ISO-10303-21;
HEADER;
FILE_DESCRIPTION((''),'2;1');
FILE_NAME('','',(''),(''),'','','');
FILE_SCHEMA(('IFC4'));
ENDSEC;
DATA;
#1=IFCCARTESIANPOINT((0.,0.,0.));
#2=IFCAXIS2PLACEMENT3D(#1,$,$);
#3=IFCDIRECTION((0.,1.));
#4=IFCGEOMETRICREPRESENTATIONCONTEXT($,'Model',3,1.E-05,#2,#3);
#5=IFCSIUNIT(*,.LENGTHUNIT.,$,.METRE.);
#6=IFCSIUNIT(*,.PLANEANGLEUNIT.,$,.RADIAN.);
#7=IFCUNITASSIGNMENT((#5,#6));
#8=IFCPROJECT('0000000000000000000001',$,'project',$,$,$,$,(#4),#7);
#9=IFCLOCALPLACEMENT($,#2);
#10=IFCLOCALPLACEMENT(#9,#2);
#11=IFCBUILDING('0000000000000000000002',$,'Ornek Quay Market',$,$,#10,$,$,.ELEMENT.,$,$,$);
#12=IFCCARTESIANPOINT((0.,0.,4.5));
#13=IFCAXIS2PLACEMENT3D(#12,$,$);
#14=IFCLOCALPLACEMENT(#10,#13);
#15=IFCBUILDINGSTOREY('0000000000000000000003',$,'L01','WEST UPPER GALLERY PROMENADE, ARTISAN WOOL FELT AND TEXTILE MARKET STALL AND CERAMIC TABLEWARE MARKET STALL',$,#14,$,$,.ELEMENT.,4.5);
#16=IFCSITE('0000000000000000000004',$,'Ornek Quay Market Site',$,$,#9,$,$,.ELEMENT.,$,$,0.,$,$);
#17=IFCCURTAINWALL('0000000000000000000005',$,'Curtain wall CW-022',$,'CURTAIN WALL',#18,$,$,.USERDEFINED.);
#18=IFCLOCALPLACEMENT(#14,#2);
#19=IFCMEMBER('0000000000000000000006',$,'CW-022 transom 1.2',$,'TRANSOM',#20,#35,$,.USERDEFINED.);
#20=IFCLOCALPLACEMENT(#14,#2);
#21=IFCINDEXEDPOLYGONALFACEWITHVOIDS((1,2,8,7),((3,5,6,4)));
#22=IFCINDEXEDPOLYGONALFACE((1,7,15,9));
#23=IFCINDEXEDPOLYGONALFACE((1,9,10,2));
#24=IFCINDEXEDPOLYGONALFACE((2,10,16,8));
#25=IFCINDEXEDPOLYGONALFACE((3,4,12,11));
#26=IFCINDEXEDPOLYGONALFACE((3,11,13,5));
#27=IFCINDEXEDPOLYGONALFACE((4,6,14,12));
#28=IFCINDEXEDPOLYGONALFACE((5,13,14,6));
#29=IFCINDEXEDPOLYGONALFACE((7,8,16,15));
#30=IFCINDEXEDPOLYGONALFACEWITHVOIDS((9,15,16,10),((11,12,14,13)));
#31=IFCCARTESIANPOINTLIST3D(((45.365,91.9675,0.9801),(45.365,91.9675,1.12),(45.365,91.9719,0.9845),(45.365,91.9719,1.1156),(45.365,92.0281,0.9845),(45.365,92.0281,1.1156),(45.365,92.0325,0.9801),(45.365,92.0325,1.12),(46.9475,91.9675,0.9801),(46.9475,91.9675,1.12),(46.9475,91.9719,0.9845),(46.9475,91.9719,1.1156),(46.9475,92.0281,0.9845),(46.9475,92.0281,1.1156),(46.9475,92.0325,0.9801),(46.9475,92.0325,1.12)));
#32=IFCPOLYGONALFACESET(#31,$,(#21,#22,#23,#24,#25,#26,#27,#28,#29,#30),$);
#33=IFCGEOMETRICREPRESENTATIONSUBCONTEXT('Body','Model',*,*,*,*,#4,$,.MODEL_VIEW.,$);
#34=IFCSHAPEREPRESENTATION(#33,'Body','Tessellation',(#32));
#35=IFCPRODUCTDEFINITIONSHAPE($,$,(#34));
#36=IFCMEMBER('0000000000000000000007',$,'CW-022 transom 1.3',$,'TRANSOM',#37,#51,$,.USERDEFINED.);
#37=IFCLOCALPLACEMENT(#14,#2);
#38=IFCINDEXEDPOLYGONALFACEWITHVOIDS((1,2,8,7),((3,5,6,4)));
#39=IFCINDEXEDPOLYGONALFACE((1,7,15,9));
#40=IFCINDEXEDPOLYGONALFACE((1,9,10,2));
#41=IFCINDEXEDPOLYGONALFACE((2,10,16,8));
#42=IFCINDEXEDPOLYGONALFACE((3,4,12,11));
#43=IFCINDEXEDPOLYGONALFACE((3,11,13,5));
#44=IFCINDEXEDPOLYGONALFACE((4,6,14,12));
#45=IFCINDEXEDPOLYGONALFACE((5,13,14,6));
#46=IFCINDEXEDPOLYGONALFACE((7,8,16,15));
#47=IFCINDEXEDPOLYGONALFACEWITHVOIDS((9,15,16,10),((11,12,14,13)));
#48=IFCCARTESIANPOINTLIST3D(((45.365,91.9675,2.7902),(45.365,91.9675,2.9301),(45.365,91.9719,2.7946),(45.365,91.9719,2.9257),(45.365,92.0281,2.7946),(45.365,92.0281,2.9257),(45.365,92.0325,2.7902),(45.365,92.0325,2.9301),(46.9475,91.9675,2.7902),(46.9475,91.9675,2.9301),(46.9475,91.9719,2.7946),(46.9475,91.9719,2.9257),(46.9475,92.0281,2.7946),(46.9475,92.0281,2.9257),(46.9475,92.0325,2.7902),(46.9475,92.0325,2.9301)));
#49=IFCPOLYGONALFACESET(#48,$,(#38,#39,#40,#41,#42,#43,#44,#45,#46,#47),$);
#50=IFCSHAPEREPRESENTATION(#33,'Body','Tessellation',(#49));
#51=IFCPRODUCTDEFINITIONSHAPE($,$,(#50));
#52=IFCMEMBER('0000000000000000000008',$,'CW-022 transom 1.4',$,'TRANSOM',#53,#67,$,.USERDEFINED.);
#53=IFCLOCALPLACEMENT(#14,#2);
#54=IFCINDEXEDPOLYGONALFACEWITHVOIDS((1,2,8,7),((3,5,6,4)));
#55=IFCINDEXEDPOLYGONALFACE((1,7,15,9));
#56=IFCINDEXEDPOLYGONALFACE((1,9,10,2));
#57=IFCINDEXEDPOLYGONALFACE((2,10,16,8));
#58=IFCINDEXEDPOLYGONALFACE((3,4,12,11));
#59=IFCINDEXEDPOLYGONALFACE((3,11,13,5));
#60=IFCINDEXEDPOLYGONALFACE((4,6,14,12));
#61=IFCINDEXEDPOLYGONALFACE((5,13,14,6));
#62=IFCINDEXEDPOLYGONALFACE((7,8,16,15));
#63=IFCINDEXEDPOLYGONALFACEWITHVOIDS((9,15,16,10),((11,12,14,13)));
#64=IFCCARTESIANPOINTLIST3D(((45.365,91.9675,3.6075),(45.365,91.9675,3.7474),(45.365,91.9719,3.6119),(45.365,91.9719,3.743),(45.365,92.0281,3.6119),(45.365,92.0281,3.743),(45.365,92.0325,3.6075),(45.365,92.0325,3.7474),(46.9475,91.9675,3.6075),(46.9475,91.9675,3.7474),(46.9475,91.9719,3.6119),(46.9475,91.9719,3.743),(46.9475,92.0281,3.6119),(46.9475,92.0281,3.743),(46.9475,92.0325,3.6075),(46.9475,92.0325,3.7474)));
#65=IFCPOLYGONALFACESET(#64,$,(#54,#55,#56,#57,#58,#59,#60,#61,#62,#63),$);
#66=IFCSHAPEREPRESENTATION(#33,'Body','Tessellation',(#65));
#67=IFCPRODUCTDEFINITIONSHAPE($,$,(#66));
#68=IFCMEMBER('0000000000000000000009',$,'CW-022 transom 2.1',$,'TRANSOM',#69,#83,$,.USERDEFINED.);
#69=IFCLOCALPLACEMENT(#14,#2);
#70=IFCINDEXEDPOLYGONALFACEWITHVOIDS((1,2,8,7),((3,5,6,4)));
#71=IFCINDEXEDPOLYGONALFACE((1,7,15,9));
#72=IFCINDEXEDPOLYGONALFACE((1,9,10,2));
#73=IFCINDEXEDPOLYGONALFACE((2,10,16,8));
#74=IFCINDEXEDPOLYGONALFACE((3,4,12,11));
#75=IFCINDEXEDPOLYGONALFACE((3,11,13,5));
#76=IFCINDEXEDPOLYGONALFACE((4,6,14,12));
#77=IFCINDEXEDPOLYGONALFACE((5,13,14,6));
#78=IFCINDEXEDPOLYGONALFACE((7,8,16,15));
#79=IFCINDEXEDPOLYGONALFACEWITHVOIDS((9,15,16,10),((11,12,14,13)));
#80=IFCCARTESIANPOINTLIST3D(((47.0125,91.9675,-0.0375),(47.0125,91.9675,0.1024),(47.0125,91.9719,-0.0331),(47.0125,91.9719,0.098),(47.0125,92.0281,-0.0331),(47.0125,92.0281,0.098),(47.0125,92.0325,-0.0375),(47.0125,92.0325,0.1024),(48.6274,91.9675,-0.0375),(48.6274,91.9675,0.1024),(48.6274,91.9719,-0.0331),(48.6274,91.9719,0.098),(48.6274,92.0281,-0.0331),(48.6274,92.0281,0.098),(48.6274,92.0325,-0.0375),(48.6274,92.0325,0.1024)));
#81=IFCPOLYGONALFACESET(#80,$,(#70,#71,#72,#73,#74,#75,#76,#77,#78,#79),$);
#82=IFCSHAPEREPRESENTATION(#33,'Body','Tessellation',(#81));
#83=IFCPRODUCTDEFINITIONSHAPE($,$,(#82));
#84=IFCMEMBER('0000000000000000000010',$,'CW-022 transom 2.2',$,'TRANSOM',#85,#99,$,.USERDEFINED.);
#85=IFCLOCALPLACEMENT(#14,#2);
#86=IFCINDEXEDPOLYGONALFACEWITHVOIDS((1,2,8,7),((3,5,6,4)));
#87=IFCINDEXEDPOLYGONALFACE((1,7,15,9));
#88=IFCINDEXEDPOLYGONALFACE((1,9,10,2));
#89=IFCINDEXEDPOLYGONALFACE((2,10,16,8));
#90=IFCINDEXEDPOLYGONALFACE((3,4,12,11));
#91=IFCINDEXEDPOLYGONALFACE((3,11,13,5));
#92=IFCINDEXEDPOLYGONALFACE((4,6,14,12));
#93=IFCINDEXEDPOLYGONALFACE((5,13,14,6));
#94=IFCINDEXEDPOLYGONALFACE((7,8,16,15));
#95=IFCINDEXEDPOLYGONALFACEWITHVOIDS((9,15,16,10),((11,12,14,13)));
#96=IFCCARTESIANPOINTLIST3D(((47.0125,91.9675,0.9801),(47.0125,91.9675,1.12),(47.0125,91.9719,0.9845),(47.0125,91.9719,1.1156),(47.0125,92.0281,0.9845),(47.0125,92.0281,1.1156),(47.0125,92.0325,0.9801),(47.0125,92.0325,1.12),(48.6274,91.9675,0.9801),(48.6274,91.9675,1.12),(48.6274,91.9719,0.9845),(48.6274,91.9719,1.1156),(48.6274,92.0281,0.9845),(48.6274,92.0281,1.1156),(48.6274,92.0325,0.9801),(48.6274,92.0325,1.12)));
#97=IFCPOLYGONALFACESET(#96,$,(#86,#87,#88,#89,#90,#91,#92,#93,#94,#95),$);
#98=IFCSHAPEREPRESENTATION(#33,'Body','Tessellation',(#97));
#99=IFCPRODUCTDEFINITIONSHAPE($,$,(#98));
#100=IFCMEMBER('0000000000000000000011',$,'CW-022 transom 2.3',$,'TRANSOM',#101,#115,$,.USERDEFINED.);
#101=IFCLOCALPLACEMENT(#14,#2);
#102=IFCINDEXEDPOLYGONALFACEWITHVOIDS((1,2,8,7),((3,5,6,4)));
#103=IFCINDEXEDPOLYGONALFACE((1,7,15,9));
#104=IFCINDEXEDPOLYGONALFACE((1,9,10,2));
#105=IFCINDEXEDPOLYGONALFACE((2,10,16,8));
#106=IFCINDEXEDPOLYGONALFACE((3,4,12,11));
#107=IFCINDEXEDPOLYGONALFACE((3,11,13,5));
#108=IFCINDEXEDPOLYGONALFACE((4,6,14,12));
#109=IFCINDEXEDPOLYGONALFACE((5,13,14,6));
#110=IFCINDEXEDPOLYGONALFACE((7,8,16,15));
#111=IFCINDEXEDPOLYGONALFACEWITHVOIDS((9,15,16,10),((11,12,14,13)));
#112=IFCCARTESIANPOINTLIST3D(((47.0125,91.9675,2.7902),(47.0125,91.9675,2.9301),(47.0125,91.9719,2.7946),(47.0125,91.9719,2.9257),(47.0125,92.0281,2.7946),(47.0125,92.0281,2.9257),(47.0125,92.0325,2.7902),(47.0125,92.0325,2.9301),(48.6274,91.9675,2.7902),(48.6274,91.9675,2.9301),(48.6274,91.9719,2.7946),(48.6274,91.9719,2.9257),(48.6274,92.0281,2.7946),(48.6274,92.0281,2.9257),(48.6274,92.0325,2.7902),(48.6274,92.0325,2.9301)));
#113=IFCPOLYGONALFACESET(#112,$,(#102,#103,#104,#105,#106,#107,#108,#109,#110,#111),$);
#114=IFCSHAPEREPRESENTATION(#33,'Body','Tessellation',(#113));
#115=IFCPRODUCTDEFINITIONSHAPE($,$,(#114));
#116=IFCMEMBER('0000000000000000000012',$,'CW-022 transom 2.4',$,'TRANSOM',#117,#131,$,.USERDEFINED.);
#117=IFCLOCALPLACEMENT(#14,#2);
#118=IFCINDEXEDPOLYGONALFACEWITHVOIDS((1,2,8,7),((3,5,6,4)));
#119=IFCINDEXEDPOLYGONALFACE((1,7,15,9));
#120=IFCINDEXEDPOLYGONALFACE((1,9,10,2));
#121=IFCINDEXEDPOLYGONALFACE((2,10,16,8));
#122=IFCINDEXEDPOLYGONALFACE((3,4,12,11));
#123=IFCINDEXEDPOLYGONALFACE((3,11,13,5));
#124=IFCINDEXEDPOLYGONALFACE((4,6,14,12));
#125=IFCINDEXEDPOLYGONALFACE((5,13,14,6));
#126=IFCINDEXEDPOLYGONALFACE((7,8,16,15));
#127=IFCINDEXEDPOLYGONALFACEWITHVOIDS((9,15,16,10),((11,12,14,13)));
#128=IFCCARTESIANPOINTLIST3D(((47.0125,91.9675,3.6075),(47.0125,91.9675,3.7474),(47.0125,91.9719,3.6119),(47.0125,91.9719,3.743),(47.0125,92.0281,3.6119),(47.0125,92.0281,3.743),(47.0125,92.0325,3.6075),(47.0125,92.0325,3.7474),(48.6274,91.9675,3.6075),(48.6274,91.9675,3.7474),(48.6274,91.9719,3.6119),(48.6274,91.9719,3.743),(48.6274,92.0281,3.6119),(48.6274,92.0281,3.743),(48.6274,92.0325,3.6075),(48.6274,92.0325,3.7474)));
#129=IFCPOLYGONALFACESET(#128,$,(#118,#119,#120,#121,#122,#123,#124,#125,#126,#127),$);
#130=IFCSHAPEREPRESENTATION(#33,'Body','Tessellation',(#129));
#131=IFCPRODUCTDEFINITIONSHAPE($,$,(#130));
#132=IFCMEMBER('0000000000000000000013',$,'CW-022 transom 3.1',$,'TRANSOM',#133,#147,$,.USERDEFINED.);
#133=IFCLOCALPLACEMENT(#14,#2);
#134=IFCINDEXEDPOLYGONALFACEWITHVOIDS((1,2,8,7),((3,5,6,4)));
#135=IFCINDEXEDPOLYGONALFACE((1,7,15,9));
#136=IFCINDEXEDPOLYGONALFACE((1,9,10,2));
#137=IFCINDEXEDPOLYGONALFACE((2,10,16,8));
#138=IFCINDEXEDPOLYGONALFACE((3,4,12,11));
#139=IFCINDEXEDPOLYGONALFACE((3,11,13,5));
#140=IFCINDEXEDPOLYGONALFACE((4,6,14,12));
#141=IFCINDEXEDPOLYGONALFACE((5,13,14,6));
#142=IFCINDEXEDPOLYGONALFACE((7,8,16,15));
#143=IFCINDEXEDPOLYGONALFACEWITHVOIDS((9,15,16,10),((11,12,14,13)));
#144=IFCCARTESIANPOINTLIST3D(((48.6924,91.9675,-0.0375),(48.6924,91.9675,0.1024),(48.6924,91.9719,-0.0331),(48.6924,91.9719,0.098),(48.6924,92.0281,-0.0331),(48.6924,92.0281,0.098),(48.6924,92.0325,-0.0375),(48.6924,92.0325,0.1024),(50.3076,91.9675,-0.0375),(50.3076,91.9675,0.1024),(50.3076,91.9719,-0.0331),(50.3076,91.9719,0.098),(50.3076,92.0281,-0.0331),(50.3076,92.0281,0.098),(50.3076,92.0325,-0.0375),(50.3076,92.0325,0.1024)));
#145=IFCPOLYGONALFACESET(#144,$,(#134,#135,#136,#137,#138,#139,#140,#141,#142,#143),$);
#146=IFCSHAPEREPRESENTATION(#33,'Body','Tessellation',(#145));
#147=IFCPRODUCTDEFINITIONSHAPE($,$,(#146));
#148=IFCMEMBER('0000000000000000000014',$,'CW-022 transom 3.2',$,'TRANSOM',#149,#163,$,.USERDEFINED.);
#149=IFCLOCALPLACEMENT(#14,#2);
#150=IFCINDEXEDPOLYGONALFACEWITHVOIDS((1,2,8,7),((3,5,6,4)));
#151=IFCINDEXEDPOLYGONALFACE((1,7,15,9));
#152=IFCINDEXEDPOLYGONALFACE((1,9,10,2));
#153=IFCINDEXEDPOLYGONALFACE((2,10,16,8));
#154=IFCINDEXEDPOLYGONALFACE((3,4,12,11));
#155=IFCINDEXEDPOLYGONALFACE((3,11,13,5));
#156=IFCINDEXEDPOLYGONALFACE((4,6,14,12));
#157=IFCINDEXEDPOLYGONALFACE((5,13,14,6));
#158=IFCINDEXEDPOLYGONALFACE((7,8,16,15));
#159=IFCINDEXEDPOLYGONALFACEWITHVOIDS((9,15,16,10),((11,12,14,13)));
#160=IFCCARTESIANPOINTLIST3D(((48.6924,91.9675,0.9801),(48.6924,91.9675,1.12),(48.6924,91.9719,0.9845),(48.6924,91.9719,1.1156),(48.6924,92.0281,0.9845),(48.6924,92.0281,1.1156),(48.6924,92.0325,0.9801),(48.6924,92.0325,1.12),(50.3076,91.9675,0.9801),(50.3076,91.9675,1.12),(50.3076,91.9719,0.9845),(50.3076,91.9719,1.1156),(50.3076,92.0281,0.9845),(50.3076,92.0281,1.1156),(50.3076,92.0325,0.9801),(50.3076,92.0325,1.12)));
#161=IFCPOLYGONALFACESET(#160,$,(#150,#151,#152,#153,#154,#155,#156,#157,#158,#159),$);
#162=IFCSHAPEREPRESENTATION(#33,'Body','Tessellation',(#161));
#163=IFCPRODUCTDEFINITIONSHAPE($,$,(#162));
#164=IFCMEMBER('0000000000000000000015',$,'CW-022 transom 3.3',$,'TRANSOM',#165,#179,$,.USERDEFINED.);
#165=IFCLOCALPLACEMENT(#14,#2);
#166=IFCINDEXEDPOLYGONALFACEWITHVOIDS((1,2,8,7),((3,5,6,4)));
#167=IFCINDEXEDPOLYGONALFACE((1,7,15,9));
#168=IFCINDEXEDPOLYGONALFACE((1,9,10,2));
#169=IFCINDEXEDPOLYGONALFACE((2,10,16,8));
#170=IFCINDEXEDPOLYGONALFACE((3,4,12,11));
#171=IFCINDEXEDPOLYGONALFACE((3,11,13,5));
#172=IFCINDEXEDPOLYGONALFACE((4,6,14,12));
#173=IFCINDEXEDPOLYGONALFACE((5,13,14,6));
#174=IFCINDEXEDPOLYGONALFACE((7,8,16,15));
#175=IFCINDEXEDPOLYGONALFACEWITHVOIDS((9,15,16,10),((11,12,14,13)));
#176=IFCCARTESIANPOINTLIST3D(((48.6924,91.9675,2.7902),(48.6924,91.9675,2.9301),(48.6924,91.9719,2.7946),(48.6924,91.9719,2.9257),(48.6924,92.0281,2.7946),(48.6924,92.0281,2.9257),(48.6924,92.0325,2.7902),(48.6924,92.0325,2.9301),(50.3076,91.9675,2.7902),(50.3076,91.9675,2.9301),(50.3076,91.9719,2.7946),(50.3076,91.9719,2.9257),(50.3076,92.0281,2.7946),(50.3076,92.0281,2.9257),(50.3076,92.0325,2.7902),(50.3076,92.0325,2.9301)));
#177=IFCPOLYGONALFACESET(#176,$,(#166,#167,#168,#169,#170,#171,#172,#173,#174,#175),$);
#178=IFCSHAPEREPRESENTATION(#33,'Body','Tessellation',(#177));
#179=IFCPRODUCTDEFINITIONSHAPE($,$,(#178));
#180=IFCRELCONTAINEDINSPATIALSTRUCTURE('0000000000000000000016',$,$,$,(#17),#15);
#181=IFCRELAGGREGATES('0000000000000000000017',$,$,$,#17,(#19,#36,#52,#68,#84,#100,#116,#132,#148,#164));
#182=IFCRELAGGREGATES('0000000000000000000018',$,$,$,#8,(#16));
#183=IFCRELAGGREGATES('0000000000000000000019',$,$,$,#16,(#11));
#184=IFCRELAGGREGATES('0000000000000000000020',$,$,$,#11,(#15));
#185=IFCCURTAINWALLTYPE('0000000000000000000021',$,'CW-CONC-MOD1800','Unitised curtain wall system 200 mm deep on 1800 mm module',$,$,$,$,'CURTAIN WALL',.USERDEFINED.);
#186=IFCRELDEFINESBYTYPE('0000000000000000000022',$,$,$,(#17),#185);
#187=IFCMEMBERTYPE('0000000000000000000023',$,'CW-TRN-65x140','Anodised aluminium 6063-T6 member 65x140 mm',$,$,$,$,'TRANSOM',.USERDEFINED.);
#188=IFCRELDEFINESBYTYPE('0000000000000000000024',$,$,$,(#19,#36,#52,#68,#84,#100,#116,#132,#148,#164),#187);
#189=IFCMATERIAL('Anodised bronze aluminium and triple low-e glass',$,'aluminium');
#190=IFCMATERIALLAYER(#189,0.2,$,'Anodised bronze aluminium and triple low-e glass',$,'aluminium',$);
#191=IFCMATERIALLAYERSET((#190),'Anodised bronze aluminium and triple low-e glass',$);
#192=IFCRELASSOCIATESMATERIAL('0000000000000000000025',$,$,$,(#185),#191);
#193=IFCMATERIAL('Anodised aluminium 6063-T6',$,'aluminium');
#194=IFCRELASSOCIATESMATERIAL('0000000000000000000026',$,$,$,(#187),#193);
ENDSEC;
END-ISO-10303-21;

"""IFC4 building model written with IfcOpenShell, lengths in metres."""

from ifc_helpers import new_model, si_unit, direction, frame, origin, origin_2d, place, context, subcontext, project, spatial, hollow_rectangle, extrude, material, layer, layer_set, material_profile, profile_set, type_object, element, aggregate, save


model = new_model("IFC4")

# Units and contexts
model_context = context("Model", 3, precision=1e-05, world=origin(), true_north=direction((0.0, 1.0)))
body_context = subcontext(model_context, "Body", "Model", "MODEL_VIEW")
ifc_project = project(units=[si_unit("LENGTHUNIT", "METRE"), si_unit("PLANEANGLEUNIT", "RADIAN")], contexts=[model_context])

# Site, building, storey
site_placement = place(None, origin())
site = spatial("IfcSite", under=ifc_project, at=site_placement, Name="Ornek Quay Market Site", CompositionType="ELEMENT", RefElevation=0.0)
building_placement = place(site_placement, origin())
building = spatial("IfcBuilding", under=site, at=building_placement, Name="Ornek Quay Market", CompositionType="ELEMENT")
storey_placement = place(building_placement, frame((0.0, 0.0, 4.5)))
storey = spatial("IfcBuildingStorey", under=building, at=storey_placement, Name="L01", Description="WEST UPPER GALLERY PROMENADE, ARTISAN WOOL FELT AND TEXTILE MARKET STALL AND CERAMIC TABLEWARE MARKET STALL", CompositionType="ELEMENT", Elevation=4.5)

# Curtain wall
ifc_material_1 = material(Name="Anodised bronze aluminium and triple low-e glass", Category="aluminium")
ifc_layer_1 = layer(ifc_material_1, 0.2, Name="Anodised bronze aluminium and triple low-e glass", Category="aluminium")
ifc_layer_set_1 = layer_set([ifc_layer_1], Name="Anodised bronze aluminium and triple low-e glass")
curtain_wall_type = type_object("IfcCurtainWallType", Name="CW-CONC-MOD1800", Description="Unitised curtain wall system 200 mm deep on 1800 mm module", ElementType="CURTAIN WALL", PredefinedType="USERDEFINED", material=ifc_layer_set_1)
ifc_material_2 = material(Name="Anodised aluminium 6063-T6", Category="aluminium")
curtain_wall_1_placement = place(storey_placement, origin())
curtain_wall_1 = element("IfcCurtainWall", 1, at=curtain_wall_1_placement, inside=storey, type_object=curtain_wall_type, Name="Curtain wall CW-022", ObjectType="CURTAIN WALL", PredefinedType="USERDEFINED")

# Members
ifc_material_profile_1 = material_profile(ifc_material_2, hollow_rectangle(XDim=0.0649, YDim=0.1399, WallThickness=0.0044, at=origin_2d()), Name="CW-TRN-65x140", Category="aluminium")
ifc_profile_set_1 = profile_set([ifc_material_profile_1], Name="Anodised aluminium 6063-T6")
member_type_1 = type_object("IfcMemberType", Name="CW-TRN-65x140", Description="Anodised aluminium 6063-T6 member 65x140 mm", ElementType="TRANSOM", PredefinedType="USERDEFINED", material=ifc_profile_set_1)
member_1_placement = place(storey_placement, frame((45.365, 92.0, 1.05), z_axis=(1.0, 0.0, 0.0), x_axis=(0.0, 1.0, 0.0)))
member_1 = element("IfcMember", 2, at=member_1_placement, type_object=member_type_1, Name="CW-022 transom 1.2", ObjectType="TRANSOM", PredefinedType="USERDEFINED", context=body_context, shape_type="SweptSolid", body=[
    extrude(hollow_rectangle(XDim=0.0649, YDim=0.1399, WallThickness=0.0044, at=origin_2d()), origin(), (0.0, 0.0, 1.0), 1.5825),
])
member_2_placement = place(storey_placement, frame((45.365, 92.0, 2.8601), z_axis=(1.0, 0.0, 0.0), x_axis=(0.0, 1.0, 0.0)))
member_2 = element("IfcMember", 3, at=member_2_placement, type_object=member_type_1, Name="CW-022 transom 1.3", ObjectType="TRANSOM", PredefinedType="USERDEFINED", context=body_context, shape_type="SweptSolid", body=[
    extrude(hollow_rectangle(XDim=0.0649, YDim=0.1399, WallThickness=0.0044, at=origin_2d()), origin(), (0.0, 0.0, 1.0), 1.5825),
])
member_3_placement = place(storey_placement, frame((45.365, 92.0, 3.6775), z_axis=(1.0, 0.0, 0.0), x_axis=(0.0, 1.0, 0.0)))
member_3 = element("IfcMember", 4, at=member_3_placement, type_object=member_type_1, Name="CW-022 transom 1.4", ObjectType="TRANSOM", PredefinedType="USERDEFINED", context=body_context, shape_type="SweptSolid", body=[
    extrude(hollow_rectangle(XDim=0.0649, YDim=0.1399, WallThickness=0.0044, at=origin_2d()), origin(), (0.0, 0.0, 1.0), 1.5825),
])
member_4_placement = place(storey_placement, frame((47.0125, 92.0, 0.0325), z_axis=(1.0, 0.0, 0.0), x_axis=(0.0, 1.0, 0.0)))
member_4 = element("IfcMember", 5, at=member_4_placement, type_object=member_type_1, Name="CW-022 transom 2.1", ObjectType="TRANSOM", PredefinedType="USERDEFINED", context=body_context, shape_type="SweptSolid", body=[
    extrude(hollow_rectangle(XDim=0.0649, YDim=0.1399, WallThickness=0.0044, at=origin_2d()), origin(), (0.0, 0.0, 1.0), 1.615),
])
member_5_placement = place(storey_placement, frame((47.0125, 92.0, 1.05), z_axis=(1.0, 0.0, 0.0), x_axis=(0.0, 1.0, 0.0)))
member_5 = element("IfcMember", 6, at=member_5_placement, type_object=member_type_1, Name="CW-022 transom 2.2", ObjectType="TRANSOM", PredefinedType="USERDEFINED", context=body_context, shape_type="SweptSolid", body=[
    extrude(hollow_rectangle(XDim=0.0649, YDim=0.1399, WallThickness=0.0044, at=origin_2d()), origin(), (0.0, 0.0, 1.0), 1.615),
])
member_6_placement = place(storey_placement, frame((47.0125, 92.0, 2.8601), z_axis=(1.0, 0.0, 0.0), x_axis=(0.0, 1.0, 0.0)))
member_6 = element("IfcMember", 7, at=member_6_placement, type_object=member_type_1, Name="CW-022 transom 2.3", ObjectType="TRANSOM", PredefinedType="USERDEFINED", context=body_context, shape_type="SweptSolid", body=[
    extrude(hollow_rectangle(XDim=0.0649, YDim=0.1399, WallThickness=0.0044, at=origin_2d()), origin(), (0.0, 0.0, 1.0), 1.615),
])
member_7_placement = place(storey_placement, frame((47.0125, 92.0, 3.6775), z_axis=(1.0, 0.0, 0.0), x_axis=(0.0, 1.0, 0.0)))
member_7 = element("IfcMember", 8, at=member_7_placement, type_object=member_type_1, Name="CW-022 transom 2.4", ObjectType="TRANSOM", PredefinedType="USERDEFINED", context=body_context, shape_type="SweptSolid", body=[
    extrude(hollow_rectangle(XDim=0.0649, YDim=0.1399, WallThickness=0.0044, at=origin_2d()), origin(), (0.0, 0.0, 1.0), 1.615),
])
member_8_placement = place(storey_placement, frame((48.6924, 92.0, 0.0325), z_axis=(1.0, 0.0, 0.0), x_axis=(0.0, 1.0, 0.0)))
member_8 = element("IfcMember", 9, at=member_8_placement, type_object=member_type_1, Name="CW-022 transom 3.1", ObjectType="TRANSOM", PredefinedType="USERDEFINED", context=body_context, shape_type="SweptSolid", body=[
    extrude(hollow_rectangle(XDim=0.0649, YDim=0.1399, WallThickness=0.0044, at=origin_2d()), origin(), (0.0, 0.0, 1.0), 1.6152),
])
member_9_placement = place(storey_placement, frame((48.6924, 92.0, 1.05), z_axis=(1.0, 0.0, 0.0), x_axis=(0.0, 1.0, 0.0)))
member_9 = element("IfcMember", 10, at=member_9_placement, type_object=member_type_1, Name="CW-022 transom 3.2", ObjectType="TRANSOM", PredefinedType="USERDEFINED", context=body_context, shape_type="SweptSolid", body=[
    extrude(hollow_rectangle(XDim=0.0649, YDim=0.1399, WallThickness=0.0044, at=origin_2d()), origin(), (0.0, 0.0, 1.0), 1.6152),
])
member_10_placement = place(storey_placement, frame((48.6924, 92.0, 2.8601), z_axis=(1.0, 0.0, 0.0), x_axis=(0.0, 1.0, 0.0)))
member_10 = element("IfcMember", 11, at=member_10_placement, type_object=member_type_1, Name="CW-022 transom 3.3", ObjectType="TRANSOM", PredefinedType="USERDEFINED", context=body_context, shape_type="SweptSolid", body=[
    extrude(hollow_rectangle(XDim=0.0649, YDim=0.1399, WallThickness=0.0044, at=origin_2d()), origin(), (0.0, 0.0, 1.0), 1.6152),
])

aggregate(curtain_wall_1, [member_1, member_2, member_3, member_4, member_5, member_6, member_7, member_8, member_9, member_10])

save(model, "model.ifc")
